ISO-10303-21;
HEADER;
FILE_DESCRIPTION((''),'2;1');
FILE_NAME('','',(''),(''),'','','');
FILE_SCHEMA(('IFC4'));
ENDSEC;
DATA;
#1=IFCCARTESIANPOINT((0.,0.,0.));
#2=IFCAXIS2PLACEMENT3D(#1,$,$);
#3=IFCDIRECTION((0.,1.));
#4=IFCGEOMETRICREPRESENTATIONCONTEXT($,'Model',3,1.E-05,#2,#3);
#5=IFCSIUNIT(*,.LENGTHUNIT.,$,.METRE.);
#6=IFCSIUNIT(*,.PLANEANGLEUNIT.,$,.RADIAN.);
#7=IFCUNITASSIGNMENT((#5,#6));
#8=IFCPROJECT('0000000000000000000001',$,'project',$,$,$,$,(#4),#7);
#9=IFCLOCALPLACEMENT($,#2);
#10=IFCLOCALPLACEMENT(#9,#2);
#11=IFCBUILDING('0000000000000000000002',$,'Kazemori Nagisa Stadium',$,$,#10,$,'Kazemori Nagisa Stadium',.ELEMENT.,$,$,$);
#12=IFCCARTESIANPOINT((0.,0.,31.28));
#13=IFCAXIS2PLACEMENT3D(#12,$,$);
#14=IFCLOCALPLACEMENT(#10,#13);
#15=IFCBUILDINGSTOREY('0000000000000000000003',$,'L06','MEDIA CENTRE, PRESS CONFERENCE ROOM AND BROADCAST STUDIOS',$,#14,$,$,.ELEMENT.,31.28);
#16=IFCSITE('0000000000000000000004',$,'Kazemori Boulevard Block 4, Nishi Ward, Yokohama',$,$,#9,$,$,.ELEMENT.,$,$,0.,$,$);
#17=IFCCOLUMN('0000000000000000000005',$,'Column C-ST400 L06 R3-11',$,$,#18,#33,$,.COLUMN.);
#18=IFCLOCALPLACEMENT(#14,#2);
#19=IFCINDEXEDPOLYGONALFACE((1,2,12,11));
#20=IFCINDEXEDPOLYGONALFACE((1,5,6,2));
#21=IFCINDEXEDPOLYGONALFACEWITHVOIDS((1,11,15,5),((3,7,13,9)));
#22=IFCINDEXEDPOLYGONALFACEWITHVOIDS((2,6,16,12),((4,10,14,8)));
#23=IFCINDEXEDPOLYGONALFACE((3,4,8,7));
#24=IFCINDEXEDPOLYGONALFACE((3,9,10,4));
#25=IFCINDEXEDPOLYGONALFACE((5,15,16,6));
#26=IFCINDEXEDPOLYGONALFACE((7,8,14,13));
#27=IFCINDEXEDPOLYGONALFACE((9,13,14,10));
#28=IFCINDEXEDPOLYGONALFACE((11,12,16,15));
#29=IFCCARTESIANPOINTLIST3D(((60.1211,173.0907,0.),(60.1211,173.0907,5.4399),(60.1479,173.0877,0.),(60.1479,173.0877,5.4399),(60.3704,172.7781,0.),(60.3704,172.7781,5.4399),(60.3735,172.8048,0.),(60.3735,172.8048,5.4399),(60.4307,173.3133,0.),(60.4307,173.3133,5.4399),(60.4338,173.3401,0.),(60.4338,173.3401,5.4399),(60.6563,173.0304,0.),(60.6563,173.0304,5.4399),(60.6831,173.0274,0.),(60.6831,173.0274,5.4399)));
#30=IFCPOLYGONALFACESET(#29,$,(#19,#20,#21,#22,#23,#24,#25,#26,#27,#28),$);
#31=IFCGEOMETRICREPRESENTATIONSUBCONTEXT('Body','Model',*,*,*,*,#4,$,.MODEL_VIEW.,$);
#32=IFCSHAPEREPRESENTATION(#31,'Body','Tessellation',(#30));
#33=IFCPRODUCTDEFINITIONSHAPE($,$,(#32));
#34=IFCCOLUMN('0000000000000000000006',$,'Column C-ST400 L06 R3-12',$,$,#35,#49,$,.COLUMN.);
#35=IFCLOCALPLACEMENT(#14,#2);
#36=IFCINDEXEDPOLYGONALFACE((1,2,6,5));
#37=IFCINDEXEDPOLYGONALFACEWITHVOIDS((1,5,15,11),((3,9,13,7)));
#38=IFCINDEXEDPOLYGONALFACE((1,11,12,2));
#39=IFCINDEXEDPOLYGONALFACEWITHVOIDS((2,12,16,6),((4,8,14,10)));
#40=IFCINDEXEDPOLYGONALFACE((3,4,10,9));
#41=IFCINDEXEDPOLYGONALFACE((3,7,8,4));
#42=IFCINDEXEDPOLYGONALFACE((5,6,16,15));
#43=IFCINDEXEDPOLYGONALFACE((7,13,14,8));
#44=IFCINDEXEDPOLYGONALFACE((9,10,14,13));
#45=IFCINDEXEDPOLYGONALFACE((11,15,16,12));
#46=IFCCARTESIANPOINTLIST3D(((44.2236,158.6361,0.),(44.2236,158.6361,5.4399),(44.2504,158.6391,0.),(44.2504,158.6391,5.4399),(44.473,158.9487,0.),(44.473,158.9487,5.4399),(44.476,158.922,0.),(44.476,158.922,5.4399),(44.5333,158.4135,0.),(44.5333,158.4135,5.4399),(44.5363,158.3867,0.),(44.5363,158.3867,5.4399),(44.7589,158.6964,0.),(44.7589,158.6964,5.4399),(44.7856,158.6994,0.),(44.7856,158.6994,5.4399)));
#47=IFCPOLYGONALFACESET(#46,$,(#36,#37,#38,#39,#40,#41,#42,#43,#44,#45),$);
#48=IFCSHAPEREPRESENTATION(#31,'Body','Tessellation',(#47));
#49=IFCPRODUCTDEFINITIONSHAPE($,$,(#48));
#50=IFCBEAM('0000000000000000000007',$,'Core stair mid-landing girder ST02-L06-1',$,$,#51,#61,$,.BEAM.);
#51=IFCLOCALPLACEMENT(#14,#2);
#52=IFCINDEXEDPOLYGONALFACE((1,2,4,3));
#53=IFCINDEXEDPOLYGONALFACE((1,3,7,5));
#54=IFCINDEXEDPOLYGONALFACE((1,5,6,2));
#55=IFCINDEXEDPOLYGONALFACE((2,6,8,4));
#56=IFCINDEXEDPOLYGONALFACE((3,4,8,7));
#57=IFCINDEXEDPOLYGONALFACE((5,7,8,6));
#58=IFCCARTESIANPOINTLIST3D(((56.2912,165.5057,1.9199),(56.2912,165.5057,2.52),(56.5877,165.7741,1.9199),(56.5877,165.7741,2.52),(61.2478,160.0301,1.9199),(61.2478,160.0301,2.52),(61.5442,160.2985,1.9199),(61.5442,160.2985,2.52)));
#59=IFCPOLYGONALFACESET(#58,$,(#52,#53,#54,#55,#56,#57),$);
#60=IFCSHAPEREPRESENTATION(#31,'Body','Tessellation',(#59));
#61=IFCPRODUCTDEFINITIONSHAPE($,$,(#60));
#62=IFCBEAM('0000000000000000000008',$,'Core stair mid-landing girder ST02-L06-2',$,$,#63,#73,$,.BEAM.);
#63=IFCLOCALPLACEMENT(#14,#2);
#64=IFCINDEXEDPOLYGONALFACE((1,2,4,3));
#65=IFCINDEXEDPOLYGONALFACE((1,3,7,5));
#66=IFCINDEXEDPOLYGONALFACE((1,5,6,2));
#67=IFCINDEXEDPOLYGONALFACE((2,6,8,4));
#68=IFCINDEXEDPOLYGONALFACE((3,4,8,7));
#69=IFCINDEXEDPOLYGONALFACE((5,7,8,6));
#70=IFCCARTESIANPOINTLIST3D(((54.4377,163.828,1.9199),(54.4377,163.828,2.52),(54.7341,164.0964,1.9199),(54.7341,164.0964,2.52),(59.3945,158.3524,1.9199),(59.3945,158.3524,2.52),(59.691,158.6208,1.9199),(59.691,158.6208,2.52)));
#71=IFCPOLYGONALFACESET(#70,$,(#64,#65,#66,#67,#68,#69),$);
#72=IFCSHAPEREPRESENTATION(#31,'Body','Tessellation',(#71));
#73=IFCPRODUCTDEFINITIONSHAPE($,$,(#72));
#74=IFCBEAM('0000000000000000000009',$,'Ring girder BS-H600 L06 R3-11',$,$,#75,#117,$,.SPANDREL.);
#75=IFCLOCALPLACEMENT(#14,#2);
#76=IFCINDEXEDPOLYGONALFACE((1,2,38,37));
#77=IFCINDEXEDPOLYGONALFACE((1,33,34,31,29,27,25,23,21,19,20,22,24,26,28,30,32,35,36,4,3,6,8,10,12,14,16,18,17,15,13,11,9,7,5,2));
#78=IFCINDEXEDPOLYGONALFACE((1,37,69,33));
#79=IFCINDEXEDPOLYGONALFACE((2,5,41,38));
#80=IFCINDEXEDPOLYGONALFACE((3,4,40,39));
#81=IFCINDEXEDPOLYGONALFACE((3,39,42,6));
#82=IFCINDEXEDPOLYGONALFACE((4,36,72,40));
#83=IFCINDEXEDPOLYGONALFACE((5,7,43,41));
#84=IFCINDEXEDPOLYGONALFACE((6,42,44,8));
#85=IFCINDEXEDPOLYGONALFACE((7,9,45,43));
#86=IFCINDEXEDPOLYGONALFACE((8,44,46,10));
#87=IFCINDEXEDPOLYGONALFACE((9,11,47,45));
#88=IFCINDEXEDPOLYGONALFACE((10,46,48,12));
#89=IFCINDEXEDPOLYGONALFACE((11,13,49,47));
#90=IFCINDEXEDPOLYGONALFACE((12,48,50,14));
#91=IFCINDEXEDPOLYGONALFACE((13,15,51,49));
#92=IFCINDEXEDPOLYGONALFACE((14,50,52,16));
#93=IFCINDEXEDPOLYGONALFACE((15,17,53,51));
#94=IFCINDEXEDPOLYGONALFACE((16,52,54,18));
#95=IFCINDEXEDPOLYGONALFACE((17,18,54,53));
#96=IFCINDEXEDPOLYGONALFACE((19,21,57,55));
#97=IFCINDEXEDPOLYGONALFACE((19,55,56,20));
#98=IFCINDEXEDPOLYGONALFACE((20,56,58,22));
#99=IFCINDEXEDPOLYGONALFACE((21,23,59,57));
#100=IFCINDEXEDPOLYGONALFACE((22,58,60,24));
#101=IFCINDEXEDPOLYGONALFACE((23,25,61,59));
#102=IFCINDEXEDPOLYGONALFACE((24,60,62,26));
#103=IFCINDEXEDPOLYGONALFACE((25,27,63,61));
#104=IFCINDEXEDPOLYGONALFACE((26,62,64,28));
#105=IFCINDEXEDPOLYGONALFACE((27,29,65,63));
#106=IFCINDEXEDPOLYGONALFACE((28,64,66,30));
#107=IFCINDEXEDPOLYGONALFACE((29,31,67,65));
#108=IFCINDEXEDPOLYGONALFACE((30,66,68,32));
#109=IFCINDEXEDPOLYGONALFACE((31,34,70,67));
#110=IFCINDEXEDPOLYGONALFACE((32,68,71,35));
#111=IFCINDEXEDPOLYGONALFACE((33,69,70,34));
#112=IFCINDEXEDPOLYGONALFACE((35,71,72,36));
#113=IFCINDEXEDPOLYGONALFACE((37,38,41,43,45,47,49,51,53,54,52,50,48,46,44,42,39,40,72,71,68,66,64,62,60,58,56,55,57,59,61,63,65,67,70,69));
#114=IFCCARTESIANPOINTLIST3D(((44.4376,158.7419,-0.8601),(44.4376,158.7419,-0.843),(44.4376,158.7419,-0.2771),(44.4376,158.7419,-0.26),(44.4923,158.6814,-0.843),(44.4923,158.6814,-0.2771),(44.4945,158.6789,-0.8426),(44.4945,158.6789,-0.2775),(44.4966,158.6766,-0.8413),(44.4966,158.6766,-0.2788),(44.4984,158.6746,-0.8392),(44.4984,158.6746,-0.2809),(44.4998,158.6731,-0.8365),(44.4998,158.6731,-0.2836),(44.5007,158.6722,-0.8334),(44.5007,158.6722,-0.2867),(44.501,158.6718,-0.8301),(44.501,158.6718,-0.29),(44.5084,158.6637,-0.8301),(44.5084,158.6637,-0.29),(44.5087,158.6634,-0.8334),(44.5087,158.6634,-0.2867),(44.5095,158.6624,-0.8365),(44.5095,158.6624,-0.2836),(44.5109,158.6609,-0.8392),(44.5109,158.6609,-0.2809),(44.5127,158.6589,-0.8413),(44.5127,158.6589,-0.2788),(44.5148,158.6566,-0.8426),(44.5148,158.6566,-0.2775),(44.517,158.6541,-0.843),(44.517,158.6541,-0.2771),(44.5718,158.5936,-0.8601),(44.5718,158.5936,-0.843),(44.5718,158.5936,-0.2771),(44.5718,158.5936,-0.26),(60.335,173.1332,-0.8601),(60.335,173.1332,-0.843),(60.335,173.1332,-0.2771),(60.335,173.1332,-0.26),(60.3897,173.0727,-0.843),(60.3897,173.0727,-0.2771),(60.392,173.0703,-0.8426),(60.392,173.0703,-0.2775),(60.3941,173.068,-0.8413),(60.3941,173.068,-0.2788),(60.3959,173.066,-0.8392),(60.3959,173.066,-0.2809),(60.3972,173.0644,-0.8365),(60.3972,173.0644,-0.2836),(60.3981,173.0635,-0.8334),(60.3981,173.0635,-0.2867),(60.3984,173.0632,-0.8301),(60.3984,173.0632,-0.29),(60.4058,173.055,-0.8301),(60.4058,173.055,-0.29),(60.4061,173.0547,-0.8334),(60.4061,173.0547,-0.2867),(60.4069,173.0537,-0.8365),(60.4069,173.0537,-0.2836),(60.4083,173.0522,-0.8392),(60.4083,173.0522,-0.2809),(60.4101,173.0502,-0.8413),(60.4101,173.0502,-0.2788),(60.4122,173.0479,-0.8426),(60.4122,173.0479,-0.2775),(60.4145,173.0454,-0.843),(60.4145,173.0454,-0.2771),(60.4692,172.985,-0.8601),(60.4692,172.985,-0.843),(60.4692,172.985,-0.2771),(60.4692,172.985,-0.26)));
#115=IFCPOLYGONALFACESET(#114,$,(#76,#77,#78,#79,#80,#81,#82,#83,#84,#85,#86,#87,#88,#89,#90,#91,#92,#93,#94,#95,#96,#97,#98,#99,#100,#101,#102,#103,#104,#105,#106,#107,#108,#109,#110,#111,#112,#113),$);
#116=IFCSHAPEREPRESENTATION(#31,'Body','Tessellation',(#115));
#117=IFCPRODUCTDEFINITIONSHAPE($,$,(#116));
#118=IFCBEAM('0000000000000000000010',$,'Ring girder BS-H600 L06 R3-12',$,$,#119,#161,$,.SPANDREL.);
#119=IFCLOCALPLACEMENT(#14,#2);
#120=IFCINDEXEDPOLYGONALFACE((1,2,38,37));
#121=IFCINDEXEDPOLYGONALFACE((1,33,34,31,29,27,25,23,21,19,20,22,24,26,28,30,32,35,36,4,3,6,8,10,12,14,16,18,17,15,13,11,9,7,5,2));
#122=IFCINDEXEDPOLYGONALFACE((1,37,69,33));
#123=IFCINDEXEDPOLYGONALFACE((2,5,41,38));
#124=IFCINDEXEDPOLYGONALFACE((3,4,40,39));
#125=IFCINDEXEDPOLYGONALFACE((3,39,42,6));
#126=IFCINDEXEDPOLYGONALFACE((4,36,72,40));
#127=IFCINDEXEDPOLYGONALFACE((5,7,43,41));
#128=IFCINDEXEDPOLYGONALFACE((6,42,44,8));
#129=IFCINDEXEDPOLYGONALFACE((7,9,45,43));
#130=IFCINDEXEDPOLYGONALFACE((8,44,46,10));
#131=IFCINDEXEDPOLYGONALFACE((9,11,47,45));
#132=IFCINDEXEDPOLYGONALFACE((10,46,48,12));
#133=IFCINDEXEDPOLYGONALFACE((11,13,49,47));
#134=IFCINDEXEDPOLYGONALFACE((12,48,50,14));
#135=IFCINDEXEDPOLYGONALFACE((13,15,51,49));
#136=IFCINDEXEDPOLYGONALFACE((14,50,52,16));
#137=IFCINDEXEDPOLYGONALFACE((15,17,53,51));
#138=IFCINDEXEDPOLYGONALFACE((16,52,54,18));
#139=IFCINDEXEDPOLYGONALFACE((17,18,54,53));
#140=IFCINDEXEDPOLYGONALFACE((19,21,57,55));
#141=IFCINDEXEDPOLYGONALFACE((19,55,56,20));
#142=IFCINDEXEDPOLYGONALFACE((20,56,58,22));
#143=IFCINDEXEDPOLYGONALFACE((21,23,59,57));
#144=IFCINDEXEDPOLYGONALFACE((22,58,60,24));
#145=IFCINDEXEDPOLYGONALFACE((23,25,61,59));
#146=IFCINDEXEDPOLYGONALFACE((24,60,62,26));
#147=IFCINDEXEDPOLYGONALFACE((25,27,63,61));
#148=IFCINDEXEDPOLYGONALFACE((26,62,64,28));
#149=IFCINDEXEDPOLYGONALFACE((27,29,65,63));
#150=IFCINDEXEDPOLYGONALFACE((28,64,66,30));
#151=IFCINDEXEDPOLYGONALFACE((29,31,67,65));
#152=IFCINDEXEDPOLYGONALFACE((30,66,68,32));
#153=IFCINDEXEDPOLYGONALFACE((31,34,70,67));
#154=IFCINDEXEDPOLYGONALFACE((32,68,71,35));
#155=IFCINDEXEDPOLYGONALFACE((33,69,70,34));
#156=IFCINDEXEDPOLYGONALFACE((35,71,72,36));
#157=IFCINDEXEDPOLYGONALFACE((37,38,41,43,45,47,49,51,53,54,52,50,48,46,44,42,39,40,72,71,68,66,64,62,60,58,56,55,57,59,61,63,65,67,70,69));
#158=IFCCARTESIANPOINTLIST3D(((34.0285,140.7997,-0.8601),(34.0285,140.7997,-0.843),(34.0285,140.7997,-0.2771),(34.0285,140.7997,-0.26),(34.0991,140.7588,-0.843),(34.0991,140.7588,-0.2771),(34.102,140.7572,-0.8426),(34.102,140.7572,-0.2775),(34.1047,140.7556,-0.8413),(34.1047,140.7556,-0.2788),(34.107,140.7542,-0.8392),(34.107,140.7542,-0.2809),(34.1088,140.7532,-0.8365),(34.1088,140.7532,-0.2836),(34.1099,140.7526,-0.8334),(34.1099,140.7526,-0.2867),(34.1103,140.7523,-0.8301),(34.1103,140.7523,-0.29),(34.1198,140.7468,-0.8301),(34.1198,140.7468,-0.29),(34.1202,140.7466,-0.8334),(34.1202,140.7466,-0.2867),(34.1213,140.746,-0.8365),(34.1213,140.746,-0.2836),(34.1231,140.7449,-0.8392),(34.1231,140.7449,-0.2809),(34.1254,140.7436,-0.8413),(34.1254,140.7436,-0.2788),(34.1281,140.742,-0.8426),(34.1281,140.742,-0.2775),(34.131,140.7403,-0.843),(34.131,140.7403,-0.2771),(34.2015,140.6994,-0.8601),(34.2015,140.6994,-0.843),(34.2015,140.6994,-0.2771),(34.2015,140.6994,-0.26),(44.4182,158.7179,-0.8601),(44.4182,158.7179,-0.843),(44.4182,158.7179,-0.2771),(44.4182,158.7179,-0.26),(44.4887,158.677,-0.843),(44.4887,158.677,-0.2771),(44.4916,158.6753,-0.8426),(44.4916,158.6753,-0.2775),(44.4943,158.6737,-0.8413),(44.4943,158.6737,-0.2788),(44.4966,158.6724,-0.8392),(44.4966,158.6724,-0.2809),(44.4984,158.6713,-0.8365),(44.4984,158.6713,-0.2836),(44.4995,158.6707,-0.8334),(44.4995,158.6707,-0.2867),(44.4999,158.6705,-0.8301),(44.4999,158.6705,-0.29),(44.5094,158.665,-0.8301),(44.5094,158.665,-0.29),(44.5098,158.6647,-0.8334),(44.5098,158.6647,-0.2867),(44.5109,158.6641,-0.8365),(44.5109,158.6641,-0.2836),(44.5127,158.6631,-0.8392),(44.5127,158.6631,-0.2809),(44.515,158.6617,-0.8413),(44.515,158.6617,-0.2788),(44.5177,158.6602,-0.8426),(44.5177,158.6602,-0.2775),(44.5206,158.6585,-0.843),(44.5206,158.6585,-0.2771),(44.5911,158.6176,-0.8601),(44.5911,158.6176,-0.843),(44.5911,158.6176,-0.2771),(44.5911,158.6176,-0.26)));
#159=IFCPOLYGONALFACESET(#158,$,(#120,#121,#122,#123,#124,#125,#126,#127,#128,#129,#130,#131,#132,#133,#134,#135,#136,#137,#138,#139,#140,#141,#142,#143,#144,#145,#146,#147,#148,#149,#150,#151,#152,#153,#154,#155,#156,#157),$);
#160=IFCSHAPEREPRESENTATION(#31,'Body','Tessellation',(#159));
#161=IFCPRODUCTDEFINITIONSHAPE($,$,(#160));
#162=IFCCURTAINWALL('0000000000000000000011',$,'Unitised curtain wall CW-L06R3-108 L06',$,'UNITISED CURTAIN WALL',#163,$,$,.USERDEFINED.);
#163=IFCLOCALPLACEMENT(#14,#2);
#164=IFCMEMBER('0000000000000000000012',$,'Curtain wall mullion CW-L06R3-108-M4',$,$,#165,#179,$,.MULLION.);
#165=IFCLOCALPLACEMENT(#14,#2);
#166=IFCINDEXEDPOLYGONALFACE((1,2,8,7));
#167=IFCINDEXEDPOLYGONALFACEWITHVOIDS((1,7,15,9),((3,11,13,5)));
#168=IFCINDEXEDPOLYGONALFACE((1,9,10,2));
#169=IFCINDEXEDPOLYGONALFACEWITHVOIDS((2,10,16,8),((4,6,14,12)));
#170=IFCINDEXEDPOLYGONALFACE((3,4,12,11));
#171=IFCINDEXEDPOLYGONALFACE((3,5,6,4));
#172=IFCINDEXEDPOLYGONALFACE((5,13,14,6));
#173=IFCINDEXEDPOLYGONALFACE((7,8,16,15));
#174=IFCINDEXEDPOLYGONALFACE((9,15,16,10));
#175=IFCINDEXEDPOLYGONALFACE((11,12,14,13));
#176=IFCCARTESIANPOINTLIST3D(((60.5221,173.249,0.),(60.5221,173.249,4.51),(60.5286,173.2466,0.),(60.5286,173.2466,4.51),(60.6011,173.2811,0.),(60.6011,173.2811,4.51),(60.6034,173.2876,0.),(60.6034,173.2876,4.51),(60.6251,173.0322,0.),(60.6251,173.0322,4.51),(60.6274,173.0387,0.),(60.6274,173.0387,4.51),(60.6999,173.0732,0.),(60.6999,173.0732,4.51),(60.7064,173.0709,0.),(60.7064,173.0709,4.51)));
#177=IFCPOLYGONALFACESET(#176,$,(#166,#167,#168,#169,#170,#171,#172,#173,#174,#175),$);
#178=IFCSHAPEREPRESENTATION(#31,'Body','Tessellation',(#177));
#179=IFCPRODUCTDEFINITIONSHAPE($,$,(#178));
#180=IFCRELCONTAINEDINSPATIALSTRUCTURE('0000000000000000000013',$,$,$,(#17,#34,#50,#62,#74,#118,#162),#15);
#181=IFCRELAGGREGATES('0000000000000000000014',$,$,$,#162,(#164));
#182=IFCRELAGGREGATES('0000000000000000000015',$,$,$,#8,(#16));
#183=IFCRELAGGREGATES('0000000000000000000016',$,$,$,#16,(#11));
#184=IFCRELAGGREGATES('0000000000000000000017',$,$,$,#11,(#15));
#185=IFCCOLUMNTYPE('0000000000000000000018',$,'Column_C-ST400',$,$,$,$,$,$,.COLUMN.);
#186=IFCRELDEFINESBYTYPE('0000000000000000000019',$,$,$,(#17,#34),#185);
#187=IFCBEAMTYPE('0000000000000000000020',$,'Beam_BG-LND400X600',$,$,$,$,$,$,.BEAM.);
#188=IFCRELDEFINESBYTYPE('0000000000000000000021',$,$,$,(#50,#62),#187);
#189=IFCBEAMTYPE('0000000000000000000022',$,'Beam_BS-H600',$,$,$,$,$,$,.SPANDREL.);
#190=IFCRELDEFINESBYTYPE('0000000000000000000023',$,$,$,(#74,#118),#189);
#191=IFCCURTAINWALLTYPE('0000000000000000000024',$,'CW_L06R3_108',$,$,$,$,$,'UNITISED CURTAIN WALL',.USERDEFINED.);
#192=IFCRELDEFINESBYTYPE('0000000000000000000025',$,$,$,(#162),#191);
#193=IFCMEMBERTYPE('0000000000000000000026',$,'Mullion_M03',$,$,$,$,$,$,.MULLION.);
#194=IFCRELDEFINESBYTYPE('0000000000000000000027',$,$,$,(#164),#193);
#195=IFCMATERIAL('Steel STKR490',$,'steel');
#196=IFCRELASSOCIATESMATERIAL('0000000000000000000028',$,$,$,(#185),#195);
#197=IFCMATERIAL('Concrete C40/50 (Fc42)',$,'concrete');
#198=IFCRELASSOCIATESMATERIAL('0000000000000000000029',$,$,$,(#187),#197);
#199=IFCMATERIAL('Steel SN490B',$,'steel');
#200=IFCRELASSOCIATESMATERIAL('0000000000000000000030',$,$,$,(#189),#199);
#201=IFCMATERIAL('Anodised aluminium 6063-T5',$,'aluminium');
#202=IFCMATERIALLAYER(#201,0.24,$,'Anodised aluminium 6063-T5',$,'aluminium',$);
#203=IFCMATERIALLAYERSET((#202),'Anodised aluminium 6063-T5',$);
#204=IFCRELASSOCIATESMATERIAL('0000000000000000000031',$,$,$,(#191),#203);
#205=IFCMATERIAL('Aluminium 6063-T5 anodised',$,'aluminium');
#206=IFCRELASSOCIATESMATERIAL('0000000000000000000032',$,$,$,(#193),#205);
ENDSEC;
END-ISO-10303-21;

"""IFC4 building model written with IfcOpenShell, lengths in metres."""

from ifc_helpers import new_model, si_unit, direction, frame, origin, origin_2d, place, context, subcontext, project, spatial, rectangle, hollow_rectangle, i_section, extrude, material, layer, layer_set, material_profile, profile_set, type_object, element, aggregate, save


model = new_model("IFC4")

# Units and contexts
model_context = context("Model", 3, precision=1e-05, world=origin(), true_north=direction((0.0, 1.0)))
body_context = subcontext(model_context, "Body", "Model", "MODEL_VIEW")
ifc_project = project(units=[si_unit("LENGTHUNIT", "METRE"), si_unit("PLANEANGLEUNIT", "RADIAN")], contexts=[model_context])

# Site, building, storey
site_placement = place(None, origin())
site = spatial("IfcSite", under=ifc_project, at=site_placement, Name="Kazemori Boulevard Block 4, Nishi Ward, Yokohama", CompositionType="ELEMENT", RefElevation=0.0)
building_placement = place(site_placement, origin())
building = spatial("IfcBuilding", under=site, at=building_placement, Name="Kazemori Nagisa Stadium", LongName="Kazemori Nagisa Stadium", CompositionType="ELEMENT")
storey_placement = place(building_placement, frame((0.0, 0.0, 31.28)))
storey = spatial("IfcBuildingStorey", under=building, at=storey_placement, Name="L06", Description="MEDIA CENTRE, PRESS CONFERENCE ROOM AND BROADCAST STUDIOS", CompositionType="ELEMENT", Elevation=31.28)

# Columns
ifc_material_1 = material(Name="Steel STKR490", Category="steel")
ifc_material_profile_1 = material_profile(ifc_material_1, hollow_rectangle(XDim=0.3999, YDim=0.3999, WallThickness=0.019, at=origin_2d()), Name="SHS-400x400x19")
ifc_profile_set_1 = profile_set([ifc_material_profile_1], Name="Steel STKR490")
column_type = type_object("IfcColumnType", Name="Column_C-ST400", PredefinedType="COLUMN", material=ifc_profile_set_1)
for number, where, z_axis, x_axis, name in (
    (1, (60.4021, 173.0591, 0.0), (0.0, 0.0, 1.0), (-0.62349, 0.781831, 0.0), "Column C-ST400 L06 R3-11"),
    (2, (44.5046, 158.6677, 0.0), (0.0, 0.0, 1.0), (-0.781831, 0.62349, 0.0), "Column C-ST400 L06 R3-12"),
):
    element("IfcColumn", number, at=place(storey_placement, frame(where, z_axis=z_axis, x_axis=x_axis)), inside=storey, type_object=column_type, Name=name, PredefinedType="COLUMN", context=body_context, shape_type="SweptSolid", body=[
        extrude(hollow_rectangle(XDim=0.3999, YDim=0.3999, WallThickness=0.019, at=origin_2d()), origin(), (0.0, 0.0, 1.0), 5.4399),
    ])

# Beams
ifc_material_2 = material(Name="Concrete C40/50 (Fc42)", Category="concrete")
ifc_material_profile_2 = material_profile(ifc_material_2, rectangle(XDim=0.3999, YDim=0.6001, at=origin_2d()), Name="RC-BM-400x600")
ifc_profile_set_2 = profile_set([ifc_material_profile_2], Name="Concrete C40/50 (Fc42)")
beam_type_1 = type_object("IfcBeamType", Name="Beam_BG-LND400X600", PredefinedType="BEAM", material=ifc_profile_set_2)
beam_1_placement = place(storey_placement, frame((61.396, 160.1643, 2.22), z_axis=(-0.671095, 0.741371, 0.0), x_axis=(-0.741371, -0.671095, 0.0)))
element("IfcBeam", 3, at=beam_1_placement, inside=storey, type_object=beam_type_1, Name="Core stair mid-landing girder ST02-L06-1", PredefinedType="BEAM", context=body_context, shape_type="SweptSolid", body=[
    extrude(rectangle(XDim=0.3999, YDim=0.6001, at=origin_2d()), origin(), (0.0, 0.0, 1.0), 7.3857),
])
beam_2_placement = place(storey_placement, frame((59.5427, 158.4866, 2.22), z_axis=(-0.671113, 0.741355, 0.0), x_axis=(-0.741355, -0.671113, 0.0)))
element("IfcBeam", 4, at=beam_2_placement, inside=storey, type_object=beam_type_1, Name="Core stair mid-landing girder ST02-L06-2", PredefinedType="BEAM", context=body_context, shape_type="SweptSolid", body=[
    extrude(rectangle(XDim=0.3999, YDim=0.6001, at=origin_2d()), origin(), (0.0, 0.0, 1.0), 7.386),
])
ifc_material_3 = material(Name="Steel SN490B", Category="steel")
ifc_material_profile_3 = material_profile(ifc_material_3, i_section(OverallWidth=0.2, OverallDepth=0.6001, WebThickness=0.011, FlangeThickness=0.0171, FilletRadius=0.0129, at=origin_2d()), Name="H-600x200x11x17")
ifc_profile_set_3 = profile_set([ifc_material_profile_3], Name="Steel SN490B")
beam_type_2 = type_object("IfcBeamType", Name="Beam_BS-H600", PredefinedType="SPANDREL", material=ifc_profile_set_3)
beam_3_placement = place(storey_placement, frame((60.4021, 173.0591, -0.5601), z_axis=(-0.741352, -0.671117, 0.0), x_axis=(0.671117, -0.741352, 0.0)))
element("IfcBeam", 5, at=beam_3_placement, inside=storey, type_object=beam_type_2, Name="Ring girder BS-H600 L06 R3-11", PredefinedType="SPANDREL", context=body_context, shape_type="SweptSolid", body=[
    extrude(i_section(OverallWidth=0.2, OverallDepth=0.6001, WebThickness=0.011, FlangeThickness=0.0171, FilletRadius=0.0129, at=origin_2d()), origin(), (0.0, 0.0, 1.0), 21.4438),
])
beam_4_placement = place(storey_placement, frame((44.5046, 158.6677, -0.5601), z_axis=(-0.501613, -0.865092, 0.0), x_axis=(0.865092, -0.501613, 0.0)))
element("IfcBeam", 6, at=beam_4_placement, inside=storey, type_object=beam_type_2, Name="Ring girder BS-H600 L06 R3-12", PredefinedType="SPANDREL", context=body_context, shape_type="SweptSolid", body=[
    extrude(i_section(OverallWidth=0.2, OverallDepth=0.6001, WebThickness=0.011, FlangeThickness=0.0171, FilletRadius=0.0129, at=origin_2d()), origin(), (0.0, 0.0, 1.0), 20.7124),
])

# Curtain wall, member
ifc_material_4 = material(Name="Anodised aluminium 6063-T5", Category="aluminium")
ifc_layer_1 = layer(ifc_material_4, 0.24, Name="Anodised aluminium 6063-T5", Category="aluminium")
ifc_layer_set_1 = layer_set([ifc_layer_1], Name="Anodised aluminium 6063-T5")
curtain_wall_type_1 = type_object("IfcCurtainWallType", Name="CW_L06R3_108", ElementType="UNITISED CURTAIN WALL", PredefinedType="USERDEFINED", material=ifc_layer_set_1)
curtain_wall_1_placement = place(storey_placement, origin())
curtain_wall_1 = element("IfcCurtainWall", 7, at=curtain_wall_1_placement, inside=storey, type_object=curtain_wall_type_1, Name="Unitised curtain wall CW-L06R3-108 L06", ObjectType="UNITISED CURTAIN WALL", PredefinedType="USERDEFINED")
ifc_material_5 = material(Name="Aluminium 6063-T5 anodised", Category="aluminium")
ifc_material_profile_4 = material_profile(ifc_material_5, hollow_rectangle(XDim=0.0901, YDim=0.24, WallThickness=0.0049, at=origin_2d()), Name="ALU-MULL-90x240x5")
ifc_profile_set_4 = profile_set([ifc_material_profile_4], Name="Aluminium 6063-T5 anodised")
member_type_1 = type_object("IfcMemberType", Name="Mullion_M03", PredefinedType="MULLION", material=ifc_profile_set_4)
member_1_placement = place(storey_placement, frame((60.6143, 173.1599, 0.0), z_axis=(0.0, 0.0, 1.0), x_axis=(-0.903216, -0.429186, 0.0)))
member_1 = element("IfcMember", 8, at=member_1_placement, type_object=member_type_1, Name="Curtain wall mullion CW-L06R3-108-M4", PredefinedType="MULLION", context=body_context, shape_type="SweptSolid", body=[
    extrude(hollow_rectangle(XDim=0.0901, YDim=0.24, WallThickness=0.0049, at=origin_2d()), origin(), (0.0, 0.0, 1.0), 4.51),
])

aggregate(curtain_wall_1, [member_1])

save(model, "model.ifc")
